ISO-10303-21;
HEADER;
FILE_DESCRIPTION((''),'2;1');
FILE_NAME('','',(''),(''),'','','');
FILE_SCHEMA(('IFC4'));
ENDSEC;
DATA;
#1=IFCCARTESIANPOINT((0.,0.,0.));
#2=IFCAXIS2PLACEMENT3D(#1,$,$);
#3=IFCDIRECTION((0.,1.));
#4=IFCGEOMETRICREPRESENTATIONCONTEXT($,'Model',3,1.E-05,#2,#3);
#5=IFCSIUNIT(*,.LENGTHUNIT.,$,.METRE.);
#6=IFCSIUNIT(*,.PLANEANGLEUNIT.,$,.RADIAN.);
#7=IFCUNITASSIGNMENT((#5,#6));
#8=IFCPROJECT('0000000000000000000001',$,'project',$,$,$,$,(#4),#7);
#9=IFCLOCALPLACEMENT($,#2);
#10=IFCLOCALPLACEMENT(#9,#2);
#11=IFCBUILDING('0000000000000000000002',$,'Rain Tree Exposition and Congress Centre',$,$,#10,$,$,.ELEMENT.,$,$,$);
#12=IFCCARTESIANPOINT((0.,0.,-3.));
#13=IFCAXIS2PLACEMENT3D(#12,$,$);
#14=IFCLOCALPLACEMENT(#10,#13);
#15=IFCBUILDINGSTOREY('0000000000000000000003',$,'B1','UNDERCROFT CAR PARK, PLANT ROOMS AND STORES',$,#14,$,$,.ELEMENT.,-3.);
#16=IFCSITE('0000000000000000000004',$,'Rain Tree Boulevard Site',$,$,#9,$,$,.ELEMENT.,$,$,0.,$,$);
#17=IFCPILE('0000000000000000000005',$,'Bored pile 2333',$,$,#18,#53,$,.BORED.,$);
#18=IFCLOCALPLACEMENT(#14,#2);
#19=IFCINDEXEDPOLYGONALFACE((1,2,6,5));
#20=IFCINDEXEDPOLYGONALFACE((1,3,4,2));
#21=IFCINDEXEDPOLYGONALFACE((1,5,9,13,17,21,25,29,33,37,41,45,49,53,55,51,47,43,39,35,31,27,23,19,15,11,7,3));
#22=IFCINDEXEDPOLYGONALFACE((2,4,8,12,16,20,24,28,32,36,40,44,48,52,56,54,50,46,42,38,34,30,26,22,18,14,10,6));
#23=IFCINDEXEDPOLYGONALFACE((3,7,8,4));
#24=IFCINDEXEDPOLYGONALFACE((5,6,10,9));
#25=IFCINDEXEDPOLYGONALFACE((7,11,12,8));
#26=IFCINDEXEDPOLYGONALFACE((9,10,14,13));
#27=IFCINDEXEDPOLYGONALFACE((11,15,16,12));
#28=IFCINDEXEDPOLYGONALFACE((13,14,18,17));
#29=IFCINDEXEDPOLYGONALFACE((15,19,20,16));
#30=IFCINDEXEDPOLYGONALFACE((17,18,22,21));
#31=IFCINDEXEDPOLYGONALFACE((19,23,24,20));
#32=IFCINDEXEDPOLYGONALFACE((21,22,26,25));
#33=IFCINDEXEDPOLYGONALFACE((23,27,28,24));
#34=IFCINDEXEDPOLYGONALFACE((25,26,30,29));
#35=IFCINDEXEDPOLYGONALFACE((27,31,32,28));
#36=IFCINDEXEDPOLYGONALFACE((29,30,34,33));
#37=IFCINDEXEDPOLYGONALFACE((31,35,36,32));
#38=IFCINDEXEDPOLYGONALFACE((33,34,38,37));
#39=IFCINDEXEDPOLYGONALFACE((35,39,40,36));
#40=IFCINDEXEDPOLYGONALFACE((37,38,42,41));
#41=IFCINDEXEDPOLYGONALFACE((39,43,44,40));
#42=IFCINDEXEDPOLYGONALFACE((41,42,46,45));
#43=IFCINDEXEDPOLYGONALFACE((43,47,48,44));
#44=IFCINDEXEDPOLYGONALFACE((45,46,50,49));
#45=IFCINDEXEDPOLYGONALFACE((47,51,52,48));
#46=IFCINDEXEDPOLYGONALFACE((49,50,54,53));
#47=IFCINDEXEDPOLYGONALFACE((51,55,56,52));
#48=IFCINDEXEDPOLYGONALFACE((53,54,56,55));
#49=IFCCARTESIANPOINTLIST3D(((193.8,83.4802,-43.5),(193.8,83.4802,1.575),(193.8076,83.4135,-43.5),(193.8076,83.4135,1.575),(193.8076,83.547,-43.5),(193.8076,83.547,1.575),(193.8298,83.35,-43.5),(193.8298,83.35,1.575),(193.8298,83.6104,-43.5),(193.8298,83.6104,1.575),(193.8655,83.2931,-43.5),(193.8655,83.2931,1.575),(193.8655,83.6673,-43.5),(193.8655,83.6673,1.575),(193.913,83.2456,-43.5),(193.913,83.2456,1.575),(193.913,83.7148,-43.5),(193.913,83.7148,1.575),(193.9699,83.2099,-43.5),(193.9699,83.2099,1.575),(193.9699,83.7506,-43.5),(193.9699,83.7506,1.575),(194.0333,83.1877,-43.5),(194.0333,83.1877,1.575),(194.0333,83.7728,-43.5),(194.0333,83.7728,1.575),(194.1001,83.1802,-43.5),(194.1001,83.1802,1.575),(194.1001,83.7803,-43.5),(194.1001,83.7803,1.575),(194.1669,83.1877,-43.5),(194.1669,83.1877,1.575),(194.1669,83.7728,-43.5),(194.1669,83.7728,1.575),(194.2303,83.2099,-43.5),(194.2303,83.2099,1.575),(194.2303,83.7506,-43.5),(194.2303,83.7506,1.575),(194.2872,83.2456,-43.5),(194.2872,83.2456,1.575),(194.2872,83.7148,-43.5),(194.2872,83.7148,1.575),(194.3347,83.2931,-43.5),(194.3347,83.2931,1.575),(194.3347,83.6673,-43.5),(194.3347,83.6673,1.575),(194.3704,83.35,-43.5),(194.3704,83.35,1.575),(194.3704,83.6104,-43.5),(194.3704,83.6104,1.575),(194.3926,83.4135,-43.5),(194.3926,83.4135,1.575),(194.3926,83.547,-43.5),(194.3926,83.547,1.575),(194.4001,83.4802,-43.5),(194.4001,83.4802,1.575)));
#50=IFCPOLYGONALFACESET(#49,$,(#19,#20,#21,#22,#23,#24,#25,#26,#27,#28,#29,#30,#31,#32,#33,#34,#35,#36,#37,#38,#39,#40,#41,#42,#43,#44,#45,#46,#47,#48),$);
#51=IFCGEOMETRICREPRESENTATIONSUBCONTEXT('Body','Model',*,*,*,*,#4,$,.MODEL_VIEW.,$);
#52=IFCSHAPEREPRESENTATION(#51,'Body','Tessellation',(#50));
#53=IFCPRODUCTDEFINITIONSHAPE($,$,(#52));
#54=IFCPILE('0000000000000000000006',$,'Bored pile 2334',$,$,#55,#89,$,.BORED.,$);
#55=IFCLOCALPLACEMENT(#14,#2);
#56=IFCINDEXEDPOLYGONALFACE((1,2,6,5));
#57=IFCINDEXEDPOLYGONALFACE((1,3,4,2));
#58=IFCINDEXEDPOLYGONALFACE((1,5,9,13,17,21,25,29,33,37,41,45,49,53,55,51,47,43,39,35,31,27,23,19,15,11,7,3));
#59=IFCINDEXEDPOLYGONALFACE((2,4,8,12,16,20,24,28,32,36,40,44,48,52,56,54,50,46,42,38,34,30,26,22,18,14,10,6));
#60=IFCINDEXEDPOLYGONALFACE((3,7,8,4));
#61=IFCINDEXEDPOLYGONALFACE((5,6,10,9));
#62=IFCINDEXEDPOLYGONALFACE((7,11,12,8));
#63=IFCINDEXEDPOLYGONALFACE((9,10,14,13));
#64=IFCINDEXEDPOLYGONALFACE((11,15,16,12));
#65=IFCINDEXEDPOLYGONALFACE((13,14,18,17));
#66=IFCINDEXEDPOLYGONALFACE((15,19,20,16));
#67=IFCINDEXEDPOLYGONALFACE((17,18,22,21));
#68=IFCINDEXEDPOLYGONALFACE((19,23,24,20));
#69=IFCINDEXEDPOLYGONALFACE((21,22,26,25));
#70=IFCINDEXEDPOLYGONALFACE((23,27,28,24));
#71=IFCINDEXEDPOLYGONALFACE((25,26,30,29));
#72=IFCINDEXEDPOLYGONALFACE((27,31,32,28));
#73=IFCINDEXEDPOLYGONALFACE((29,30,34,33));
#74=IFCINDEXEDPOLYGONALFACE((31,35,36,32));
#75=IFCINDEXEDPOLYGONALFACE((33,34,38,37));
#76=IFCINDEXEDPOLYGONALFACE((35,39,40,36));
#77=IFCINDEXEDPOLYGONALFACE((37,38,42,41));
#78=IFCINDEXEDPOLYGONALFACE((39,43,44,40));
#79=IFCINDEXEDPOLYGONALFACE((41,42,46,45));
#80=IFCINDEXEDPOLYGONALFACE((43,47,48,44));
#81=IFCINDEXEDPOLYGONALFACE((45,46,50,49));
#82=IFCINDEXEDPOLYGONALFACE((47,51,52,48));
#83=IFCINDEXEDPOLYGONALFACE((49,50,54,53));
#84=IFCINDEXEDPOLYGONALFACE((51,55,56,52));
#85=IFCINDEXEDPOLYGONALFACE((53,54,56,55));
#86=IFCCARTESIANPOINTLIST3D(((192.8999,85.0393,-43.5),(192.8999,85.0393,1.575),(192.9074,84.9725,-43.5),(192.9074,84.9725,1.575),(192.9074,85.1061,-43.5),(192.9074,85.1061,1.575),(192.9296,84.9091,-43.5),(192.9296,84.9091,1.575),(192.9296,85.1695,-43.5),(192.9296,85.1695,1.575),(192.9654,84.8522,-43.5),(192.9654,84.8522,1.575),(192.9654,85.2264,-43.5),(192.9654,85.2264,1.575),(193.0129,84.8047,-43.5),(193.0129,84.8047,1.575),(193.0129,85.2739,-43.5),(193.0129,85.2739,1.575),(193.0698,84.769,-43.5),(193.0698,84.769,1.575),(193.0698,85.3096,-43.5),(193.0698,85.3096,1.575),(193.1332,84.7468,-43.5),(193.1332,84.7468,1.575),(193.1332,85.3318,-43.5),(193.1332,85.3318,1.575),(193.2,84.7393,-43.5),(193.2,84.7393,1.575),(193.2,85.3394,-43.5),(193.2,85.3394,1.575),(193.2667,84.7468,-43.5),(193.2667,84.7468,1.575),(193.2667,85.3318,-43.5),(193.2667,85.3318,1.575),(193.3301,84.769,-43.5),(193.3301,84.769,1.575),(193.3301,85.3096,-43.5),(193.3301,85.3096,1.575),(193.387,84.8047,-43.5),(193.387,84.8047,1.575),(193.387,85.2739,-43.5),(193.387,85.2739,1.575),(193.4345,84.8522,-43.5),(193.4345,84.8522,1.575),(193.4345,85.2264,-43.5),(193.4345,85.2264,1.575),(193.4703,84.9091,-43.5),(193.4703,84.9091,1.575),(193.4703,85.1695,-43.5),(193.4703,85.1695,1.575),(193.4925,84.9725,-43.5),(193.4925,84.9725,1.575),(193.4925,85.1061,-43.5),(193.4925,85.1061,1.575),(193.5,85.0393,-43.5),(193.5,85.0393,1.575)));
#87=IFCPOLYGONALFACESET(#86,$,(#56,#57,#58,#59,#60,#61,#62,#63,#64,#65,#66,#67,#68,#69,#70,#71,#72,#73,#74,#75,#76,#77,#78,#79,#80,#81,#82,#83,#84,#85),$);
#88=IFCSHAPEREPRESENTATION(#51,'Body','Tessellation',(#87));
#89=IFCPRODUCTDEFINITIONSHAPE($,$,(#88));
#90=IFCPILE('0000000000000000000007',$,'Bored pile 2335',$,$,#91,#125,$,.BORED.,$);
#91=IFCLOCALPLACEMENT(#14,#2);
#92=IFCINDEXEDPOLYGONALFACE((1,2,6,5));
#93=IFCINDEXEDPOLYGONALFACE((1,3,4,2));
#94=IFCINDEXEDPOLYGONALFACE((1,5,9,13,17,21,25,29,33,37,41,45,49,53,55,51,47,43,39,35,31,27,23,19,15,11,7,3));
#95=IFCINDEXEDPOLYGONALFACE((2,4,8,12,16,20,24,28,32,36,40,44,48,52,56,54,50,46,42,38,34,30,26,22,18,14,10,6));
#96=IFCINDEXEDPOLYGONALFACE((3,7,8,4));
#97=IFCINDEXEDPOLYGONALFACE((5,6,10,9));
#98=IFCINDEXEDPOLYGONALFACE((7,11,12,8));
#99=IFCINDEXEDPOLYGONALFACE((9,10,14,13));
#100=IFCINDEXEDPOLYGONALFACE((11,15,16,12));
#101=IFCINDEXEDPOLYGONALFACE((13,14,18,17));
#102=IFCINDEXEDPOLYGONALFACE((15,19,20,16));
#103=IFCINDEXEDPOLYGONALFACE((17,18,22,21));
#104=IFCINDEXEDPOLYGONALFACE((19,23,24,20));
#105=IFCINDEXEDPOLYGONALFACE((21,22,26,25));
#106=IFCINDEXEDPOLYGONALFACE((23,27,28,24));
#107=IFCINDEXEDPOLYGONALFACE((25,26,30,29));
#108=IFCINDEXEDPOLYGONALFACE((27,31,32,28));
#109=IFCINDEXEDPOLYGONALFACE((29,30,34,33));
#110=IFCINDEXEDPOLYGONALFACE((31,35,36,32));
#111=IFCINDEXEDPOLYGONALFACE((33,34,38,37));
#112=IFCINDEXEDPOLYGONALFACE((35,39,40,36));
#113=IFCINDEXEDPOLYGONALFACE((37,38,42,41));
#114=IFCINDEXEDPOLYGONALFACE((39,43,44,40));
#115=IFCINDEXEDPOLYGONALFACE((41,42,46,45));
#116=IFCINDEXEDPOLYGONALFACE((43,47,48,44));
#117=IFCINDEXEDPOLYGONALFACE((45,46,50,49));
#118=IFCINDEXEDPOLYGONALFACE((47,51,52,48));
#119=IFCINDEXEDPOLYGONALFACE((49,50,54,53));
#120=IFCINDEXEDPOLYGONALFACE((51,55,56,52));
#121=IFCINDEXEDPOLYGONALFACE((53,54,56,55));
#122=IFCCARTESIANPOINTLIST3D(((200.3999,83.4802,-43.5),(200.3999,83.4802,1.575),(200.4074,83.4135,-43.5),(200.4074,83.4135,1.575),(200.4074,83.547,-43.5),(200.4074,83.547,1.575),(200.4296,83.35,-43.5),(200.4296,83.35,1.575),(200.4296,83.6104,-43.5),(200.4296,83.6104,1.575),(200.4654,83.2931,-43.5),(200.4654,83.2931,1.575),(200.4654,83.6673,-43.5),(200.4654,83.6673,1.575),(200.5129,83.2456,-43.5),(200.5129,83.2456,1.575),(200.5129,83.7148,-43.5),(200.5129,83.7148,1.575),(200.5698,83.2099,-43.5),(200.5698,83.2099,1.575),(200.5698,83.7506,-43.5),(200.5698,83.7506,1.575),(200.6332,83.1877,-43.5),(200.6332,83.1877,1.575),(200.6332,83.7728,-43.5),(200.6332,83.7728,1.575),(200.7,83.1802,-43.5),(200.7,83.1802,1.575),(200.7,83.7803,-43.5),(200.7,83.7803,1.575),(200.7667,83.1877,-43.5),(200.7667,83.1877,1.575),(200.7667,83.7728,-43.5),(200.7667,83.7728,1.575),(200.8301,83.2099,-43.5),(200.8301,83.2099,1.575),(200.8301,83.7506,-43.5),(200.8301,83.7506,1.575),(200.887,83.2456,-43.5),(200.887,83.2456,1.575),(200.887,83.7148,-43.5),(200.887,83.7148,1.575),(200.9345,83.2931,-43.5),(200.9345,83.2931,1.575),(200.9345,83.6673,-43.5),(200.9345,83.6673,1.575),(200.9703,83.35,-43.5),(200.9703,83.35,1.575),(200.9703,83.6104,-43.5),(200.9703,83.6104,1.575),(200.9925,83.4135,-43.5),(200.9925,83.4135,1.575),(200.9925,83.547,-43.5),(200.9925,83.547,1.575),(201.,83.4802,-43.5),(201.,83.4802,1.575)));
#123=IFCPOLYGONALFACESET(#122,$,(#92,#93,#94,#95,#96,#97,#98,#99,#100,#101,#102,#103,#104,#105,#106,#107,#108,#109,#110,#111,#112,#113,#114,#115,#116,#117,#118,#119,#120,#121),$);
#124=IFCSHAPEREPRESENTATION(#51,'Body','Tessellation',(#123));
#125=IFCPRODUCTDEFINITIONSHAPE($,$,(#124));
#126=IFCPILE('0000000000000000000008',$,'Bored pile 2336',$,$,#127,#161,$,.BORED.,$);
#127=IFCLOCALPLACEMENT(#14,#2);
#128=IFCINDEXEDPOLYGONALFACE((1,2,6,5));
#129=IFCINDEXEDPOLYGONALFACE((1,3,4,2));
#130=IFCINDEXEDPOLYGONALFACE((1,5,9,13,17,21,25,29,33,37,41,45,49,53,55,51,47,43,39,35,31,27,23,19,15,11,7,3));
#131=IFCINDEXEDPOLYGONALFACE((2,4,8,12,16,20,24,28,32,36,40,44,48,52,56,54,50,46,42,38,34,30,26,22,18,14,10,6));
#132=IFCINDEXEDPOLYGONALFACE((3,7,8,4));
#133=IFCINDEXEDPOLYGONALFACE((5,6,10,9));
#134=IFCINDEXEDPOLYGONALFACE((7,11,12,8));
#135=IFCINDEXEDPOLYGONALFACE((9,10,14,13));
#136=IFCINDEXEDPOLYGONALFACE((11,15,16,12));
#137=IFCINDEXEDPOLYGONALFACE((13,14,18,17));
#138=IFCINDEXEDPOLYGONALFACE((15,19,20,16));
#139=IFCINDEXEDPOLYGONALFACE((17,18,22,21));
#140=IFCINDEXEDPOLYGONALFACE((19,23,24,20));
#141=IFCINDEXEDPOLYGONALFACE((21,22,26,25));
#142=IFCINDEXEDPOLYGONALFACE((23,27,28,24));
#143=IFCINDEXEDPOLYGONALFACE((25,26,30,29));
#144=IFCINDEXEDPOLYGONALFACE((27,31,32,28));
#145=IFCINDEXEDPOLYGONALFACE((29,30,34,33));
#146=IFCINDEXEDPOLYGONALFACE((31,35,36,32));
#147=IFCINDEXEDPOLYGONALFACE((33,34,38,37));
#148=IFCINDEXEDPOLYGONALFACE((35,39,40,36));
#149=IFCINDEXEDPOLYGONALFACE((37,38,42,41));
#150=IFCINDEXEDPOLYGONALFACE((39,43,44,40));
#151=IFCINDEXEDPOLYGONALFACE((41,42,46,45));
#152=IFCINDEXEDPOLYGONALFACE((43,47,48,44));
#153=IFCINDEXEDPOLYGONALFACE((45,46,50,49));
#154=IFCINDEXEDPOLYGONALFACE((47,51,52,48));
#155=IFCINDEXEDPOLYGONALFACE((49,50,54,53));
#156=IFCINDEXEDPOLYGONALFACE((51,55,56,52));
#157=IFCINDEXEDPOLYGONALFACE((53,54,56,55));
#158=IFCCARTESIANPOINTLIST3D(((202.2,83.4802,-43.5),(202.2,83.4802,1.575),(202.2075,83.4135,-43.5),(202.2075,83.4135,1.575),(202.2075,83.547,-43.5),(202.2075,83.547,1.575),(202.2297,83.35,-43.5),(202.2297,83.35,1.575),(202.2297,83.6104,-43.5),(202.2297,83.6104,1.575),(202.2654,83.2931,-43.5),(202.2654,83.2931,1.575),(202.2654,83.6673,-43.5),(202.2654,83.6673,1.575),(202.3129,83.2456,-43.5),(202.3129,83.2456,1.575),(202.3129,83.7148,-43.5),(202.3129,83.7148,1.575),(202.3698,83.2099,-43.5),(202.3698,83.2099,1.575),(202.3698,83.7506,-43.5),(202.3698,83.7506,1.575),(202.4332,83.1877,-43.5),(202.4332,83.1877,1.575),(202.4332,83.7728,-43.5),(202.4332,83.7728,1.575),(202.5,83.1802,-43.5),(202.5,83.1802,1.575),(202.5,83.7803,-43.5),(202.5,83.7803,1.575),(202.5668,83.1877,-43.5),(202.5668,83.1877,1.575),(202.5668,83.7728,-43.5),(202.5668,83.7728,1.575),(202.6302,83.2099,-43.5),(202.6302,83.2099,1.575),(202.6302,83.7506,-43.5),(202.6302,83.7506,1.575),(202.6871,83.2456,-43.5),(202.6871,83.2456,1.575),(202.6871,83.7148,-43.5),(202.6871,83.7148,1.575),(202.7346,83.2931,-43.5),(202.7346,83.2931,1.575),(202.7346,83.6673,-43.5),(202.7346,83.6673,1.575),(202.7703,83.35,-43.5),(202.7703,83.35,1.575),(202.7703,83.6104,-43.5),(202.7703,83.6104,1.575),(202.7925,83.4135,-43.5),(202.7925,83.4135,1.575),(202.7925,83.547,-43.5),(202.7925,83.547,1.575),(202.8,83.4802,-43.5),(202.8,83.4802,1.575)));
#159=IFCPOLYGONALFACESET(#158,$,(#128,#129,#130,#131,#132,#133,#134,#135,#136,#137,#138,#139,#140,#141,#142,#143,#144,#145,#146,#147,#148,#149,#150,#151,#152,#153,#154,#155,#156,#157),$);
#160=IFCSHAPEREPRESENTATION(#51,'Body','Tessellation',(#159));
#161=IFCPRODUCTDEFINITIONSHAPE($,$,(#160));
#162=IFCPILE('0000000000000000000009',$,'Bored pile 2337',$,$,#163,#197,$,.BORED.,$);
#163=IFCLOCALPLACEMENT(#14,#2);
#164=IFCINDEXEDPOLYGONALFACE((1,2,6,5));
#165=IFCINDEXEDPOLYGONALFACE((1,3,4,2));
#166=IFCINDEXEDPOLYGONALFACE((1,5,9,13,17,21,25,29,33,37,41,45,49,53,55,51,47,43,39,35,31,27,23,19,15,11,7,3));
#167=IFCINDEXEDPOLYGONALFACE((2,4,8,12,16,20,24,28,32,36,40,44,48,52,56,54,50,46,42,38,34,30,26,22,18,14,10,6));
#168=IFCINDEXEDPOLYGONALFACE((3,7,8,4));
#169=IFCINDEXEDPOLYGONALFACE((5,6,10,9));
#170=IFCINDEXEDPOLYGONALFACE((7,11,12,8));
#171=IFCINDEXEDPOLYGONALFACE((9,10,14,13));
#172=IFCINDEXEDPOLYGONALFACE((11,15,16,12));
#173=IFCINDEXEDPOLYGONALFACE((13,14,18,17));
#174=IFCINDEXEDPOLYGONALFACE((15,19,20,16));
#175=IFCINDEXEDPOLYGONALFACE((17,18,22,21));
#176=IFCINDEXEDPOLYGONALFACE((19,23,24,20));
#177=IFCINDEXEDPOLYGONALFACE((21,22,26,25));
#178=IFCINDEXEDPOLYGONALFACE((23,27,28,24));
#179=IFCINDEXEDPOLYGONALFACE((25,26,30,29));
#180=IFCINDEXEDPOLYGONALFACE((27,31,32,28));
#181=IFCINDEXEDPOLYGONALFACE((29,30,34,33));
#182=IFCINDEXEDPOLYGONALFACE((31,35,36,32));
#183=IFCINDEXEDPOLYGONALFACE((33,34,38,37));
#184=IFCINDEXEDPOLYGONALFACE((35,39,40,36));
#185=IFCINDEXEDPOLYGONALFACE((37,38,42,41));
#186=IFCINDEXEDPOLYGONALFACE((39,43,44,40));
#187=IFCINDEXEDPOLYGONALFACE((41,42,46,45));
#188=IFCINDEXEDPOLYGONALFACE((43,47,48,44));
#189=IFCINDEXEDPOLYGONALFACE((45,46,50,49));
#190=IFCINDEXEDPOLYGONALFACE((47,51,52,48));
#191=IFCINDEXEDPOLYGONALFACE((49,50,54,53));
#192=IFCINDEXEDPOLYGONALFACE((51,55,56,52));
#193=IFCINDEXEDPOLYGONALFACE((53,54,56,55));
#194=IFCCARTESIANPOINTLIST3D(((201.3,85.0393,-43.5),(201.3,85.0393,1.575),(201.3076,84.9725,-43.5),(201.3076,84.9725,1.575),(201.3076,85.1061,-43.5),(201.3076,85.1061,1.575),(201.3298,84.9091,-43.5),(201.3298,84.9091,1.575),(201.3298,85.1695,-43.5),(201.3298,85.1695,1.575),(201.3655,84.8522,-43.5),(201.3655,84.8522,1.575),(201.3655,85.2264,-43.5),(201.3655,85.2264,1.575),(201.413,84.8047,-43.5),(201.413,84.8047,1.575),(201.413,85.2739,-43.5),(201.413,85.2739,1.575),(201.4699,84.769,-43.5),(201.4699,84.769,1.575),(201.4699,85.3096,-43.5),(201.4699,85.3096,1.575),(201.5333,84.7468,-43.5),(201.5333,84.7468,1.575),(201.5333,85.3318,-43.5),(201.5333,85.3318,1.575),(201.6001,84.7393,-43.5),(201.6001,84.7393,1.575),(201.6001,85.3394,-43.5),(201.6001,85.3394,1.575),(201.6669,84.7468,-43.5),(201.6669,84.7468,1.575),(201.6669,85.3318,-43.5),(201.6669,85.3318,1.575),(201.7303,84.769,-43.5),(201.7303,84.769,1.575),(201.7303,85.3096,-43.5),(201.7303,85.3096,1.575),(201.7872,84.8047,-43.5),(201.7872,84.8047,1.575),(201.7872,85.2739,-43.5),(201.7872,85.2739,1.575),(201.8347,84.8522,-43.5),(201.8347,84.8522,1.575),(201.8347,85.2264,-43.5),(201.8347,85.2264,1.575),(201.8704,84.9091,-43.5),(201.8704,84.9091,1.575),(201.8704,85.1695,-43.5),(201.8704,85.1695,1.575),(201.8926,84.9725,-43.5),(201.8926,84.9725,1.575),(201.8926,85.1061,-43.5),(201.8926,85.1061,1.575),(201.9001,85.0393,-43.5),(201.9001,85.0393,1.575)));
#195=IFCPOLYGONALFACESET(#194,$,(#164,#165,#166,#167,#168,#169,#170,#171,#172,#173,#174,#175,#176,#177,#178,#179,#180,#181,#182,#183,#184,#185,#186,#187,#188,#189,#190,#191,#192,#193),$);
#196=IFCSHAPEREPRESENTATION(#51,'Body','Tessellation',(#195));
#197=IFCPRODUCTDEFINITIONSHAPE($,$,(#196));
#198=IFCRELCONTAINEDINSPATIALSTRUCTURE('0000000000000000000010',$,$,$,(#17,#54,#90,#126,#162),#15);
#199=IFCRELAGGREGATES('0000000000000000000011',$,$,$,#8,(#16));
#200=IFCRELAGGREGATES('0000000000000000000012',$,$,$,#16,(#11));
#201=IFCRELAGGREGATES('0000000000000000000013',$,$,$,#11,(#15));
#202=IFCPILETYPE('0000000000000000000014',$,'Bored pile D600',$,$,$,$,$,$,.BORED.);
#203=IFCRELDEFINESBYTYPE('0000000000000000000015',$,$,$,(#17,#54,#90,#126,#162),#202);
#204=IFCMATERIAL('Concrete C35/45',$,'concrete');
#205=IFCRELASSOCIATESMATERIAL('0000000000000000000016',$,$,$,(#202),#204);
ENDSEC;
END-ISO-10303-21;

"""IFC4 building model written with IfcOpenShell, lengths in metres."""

from ifc_helpers import new_model, si_unit, direction, frame, origin, origin_2d, place, context, subcontext, project, spatial, circle, extrude, material, material_profile, profile_set, type_object, element, save


model = new_model("IFC4")

# Units and contexts
model_context = context("Model", 3, precision=1e-05, world=origin(), true_north=direction((0.0, 1.0)))
body_context = subcontext(model_context, "Body", "Model", "MODEL_VIEW")
ifc_project = project(units=[si_unit("LENGTHUNIT", "METRE"), si_unit("PLANEANGLEUNIT", "RADIAN")], contexts=[model_context])

# Site, building, storey
site_placement = place(None, origin())
site = spatial("IfcSite", under=ifc_project, at=site_placement, Name="Rain Tree Boulevard Site", CompositionType="ELEMENT", RefElevation=0.0)
building_placement = place(site_placement, origin())
building = spatial("IfcBuilding", under=site, at=building_placement, Name="Rain Tree Exposition and Congress Centre", CompositionType="ELEMENT")
storey_placement = place(building_placement, frame((0.0, 0.0, -3.0)))
storey = spatial("IfcBuildingStorey", under=building, at=storey_placement, Name="B1", Description="UNDERCROFT CAR PARK, PLANT ROOMS AND STORES", CompositionType="ELEMENT", Elevation=-3.0)

# Piles
ifc_material_1 = material(Name="Concrete C35/45", Category="concrete")
ifc_material_profile_1 = material_profile(ifc_material_1, circle(Radius=0.3, at=origin_2d()), Name="D600")
ifc_profile_set_1 = profile_set([ifc_material_profile_1], Name="Concrete C35/45")
pile_type_1 = type_object("IfcPileType", Name="Bored pile D600", PredefinedType="BORED", material=ifc_profile_set_1)
for number, where, z_axis, x_axis, name in (
    (1, (194.1001, 83.4802, 1.575), (0.0, 0.0, -1.0), (1.0, 0.0, 0.0), "Bored pile 2333"),
    (2, (193.2, 85.0393, 1.575), (0.0, 0.0, -1.0), (1.0, 0.0, 0.0), "Bored pile 2334"),
    (3, (200.7, 83.4802, 1.575), (0.0, 0.0, -1.0), (1.0, 0.0, 0.0), "Bored pile 2335"),
    (4, (202.5, 83.4802, 1.575), (0.0, 0.0, -1.0), (1.0, 0.0, 0.0), "Bored pile 2336"),
    (5, (201.6001, 85.0393, 1.575), (0.0, 0.0, -1.0), (1.0, 0.0, 0.0), "Bored pile 2337"),
):
    element("IfcPile", number, at=place(storey_placement, frame(where, z_axis=z_axis, x_axis=x_axis)), inside=storey, type_object=pile_type_1, Name=name, PredefinedType="BORED", context=body_context, shape_type="SweptSolid", body=[
        extrude(circle(Radius=0.3, at=origin_2d()), origin(), (0.0, 0.0, 1.0), 45.075),
    ])

save(model, "model.ifc")
